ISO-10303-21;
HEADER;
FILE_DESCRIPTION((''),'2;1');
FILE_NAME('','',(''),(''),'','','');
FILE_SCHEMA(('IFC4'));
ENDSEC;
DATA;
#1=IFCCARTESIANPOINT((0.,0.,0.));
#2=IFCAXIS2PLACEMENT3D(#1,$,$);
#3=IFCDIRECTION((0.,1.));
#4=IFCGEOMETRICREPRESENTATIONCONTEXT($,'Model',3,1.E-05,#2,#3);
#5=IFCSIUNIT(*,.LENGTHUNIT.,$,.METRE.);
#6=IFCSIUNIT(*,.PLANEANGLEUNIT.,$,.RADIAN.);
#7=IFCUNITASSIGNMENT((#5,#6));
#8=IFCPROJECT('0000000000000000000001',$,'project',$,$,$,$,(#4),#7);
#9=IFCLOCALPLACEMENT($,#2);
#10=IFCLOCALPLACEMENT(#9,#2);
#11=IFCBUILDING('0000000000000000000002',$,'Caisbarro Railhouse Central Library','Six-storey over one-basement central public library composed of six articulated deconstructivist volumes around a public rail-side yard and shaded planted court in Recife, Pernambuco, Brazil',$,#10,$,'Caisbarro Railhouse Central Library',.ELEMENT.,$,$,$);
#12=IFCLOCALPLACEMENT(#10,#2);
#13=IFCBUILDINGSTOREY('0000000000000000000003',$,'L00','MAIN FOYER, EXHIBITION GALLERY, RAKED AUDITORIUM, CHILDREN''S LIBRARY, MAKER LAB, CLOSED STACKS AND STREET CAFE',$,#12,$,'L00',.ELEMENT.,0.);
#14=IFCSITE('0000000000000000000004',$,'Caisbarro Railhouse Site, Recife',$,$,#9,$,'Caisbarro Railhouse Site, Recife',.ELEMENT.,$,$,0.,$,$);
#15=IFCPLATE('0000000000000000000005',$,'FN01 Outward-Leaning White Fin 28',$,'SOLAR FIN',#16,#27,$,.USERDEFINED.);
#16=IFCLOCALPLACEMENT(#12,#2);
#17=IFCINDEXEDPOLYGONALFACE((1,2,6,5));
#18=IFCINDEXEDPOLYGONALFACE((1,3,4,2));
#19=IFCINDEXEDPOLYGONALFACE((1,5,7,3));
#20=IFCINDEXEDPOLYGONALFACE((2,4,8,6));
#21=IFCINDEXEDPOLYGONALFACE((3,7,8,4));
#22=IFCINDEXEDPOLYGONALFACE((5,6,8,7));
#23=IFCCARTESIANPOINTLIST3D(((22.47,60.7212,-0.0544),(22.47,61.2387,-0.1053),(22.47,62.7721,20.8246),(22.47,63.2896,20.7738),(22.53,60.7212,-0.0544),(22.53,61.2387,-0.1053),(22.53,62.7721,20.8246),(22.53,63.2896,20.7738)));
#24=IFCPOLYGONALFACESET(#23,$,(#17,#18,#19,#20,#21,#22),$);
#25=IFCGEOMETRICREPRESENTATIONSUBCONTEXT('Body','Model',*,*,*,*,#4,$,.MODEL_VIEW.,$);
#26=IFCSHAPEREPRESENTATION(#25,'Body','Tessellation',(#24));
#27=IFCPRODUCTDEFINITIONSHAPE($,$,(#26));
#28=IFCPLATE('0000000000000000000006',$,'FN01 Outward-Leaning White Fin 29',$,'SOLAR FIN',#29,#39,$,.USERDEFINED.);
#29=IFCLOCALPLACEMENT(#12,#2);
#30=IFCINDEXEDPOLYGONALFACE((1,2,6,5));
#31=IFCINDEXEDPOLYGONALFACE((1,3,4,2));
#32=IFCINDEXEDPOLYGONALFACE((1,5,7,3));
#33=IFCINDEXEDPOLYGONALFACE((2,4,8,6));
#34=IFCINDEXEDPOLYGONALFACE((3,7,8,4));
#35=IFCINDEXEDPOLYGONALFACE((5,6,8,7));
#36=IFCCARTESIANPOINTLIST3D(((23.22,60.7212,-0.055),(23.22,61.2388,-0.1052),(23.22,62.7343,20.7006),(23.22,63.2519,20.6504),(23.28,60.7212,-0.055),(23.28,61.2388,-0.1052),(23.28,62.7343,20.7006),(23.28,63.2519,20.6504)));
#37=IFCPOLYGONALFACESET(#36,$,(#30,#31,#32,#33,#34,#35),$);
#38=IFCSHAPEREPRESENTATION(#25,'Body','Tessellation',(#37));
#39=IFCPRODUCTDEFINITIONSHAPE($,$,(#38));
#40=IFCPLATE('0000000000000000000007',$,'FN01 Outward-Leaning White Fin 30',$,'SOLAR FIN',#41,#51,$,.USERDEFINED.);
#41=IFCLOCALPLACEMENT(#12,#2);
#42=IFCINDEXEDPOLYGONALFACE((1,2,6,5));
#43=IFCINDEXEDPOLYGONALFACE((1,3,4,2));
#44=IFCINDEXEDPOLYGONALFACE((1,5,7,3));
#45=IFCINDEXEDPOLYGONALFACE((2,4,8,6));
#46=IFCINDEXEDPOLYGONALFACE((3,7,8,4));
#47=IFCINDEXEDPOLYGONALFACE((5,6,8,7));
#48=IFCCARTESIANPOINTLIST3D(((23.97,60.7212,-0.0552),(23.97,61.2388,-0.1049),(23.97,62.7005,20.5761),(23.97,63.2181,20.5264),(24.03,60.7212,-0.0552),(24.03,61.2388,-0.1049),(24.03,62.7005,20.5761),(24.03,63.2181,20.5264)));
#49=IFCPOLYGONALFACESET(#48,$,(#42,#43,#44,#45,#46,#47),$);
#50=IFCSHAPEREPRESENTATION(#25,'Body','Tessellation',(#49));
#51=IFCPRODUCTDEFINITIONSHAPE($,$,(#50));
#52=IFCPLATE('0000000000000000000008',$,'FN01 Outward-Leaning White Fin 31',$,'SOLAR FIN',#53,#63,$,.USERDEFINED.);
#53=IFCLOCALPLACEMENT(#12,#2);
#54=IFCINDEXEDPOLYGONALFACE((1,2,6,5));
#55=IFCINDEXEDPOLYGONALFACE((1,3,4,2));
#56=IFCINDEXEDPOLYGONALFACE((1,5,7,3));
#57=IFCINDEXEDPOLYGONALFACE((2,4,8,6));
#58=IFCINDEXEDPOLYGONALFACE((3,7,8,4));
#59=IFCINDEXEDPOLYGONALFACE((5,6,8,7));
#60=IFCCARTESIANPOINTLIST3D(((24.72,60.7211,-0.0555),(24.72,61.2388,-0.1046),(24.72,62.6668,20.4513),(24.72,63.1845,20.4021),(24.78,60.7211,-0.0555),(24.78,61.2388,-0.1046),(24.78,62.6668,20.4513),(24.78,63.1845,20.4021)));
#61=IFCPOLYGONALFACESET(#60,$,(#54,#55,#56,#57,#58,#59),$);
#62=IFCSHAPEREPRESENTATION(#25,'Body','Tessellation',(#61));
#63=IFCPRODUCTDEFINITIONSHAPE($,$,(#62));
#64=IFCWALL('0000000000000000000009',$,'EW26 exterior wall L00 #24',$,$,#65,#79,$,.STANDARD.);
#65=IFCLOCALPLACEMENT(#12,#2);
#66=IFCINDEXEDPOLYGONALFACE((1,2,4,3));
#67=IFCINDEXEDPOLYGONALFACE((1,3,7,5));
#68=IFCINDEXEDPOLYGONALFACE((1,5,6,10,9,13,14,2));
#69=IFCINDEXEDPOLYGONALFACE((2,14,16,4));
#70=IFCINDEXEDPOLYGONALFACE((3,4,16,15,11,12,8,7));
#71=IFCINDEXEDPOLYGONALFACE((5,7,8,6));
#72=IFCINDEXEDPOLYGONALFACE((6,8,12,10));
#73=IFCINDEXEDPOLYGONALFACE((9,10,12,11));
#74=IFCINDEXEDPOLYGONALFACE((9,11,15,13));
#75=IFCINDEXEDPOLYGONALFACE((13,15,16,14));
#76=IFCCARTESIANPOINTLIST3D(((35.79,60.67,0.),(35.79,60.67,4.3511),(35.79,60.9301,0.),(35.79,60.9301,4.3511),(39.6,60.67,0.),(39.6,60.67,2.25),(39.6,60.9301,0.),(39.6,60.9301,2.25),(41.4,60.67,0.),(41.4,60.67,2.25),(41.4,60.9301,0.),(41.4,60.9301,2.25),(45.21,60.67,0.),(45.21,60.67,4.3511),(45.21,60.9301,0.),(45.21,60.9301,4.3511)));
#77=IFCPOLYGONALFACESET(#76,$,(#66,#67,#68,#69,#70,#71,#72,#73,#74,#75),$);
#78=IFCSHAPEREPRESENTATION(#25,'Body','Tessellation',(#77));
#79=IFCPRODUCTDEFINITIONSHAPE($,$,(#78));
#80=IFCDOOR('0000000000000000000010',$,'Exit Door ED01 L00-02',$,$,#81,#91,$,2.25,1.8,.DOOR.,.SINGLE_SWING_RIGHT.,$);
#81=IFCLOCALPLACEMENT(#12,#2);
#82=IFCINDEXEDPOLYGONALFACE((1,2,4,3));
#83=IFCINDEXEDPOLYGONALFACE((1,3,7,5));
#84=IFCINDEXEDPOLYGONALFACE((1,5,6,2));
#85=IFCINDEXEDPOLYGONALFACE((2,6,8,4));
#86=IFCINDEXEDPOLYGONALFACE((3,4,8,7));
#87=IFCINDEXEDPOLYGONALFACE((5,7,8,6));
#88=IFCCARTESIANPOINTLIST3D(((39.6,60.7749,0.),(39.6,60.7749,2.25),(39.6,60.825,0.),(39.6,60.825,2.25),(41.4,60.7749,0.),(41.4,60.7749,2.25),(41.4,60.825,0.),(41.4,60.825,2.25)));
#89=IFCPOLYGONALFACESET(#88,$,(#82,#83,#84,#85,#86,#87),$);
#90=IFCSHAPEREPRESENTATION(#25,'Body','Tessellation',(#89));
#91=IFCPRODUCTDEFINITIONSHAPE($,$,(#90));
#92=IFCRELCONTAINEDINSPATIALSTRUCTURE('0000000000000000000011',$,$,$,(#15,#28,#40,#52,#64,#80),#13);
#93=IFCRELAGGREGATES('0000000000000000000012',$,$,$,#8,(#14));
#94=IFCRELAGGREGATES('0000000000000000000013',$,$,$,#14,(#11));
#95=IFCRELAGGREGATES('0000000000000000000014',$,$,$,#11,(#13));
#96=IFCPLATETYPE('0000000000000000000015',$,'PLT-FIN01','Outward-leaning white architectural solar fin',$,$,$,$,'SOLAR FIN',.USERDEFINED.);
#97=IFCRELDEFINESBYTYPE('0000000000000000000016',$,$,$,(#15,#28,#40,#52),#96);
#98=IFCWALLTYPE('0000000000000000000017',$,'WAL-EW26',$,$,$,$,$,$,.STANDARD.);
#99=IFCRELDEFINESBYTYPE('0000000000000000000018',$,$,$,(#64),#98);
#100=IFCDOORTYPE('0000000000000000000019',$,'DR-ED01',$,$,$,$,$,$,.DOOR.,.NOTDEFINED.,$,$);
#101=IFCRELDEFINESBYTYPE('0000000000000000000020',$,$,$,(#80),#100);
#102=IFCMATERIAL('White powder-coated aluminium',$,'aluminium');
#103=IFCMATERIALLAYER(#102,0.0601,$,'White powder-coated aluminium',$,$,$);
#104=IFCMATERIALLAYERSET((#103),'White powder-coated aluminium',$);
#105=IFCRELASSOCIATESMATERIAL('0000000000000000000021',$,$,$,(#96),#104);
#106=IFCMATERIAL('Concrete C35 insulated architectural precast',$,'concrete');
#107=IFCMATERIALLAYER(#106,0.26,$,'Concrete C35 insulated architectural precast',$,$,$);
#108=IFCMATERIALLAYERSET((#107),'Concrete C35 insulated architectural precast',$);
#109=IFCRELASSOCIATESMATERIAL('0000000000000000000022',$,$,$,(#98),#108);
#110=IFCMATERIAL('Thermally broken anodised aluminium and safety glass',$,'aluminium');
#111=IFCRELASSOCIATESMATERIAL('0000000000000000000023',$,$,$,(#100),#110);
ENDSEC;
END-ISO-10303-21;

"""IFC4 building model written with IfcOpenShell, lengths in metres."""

from ifc_helpers import new_model, si_unit, direction, frame, frame_2d, origin, origin_2d, place, context, subcontext, project, spatial, rectangle, extrude, material, layer, layer_set, type_object, element, fill, save


model = new_model("IFC4")

# Units and contexts
model_context = context("Model", 3, precision=1e-05, world=origin(), true_north=direction((0.0, 1.0)))
body_context = subcontext(model_context, "Body", "Model", "MODEL_VIEW")
ifc_project = project(units=[si_unit("LENGTHUNIT", "METRE"), si_unit("PLANEANGLEUNIT", "RADIAN")], contexts=[model_context])

# Site, building, storey
site_placement = place(None, origin())
site = spatial("IfcSite", under=ifc_project, at=site_placement, Name="Caisbarro Railhouse Site, Recife", LongName="Caisbarro Railhouse Site, Recife", CompositionType="ELEMENT", RefElevation=0.0)
building_placement = place(site_placement, origin())
building = spatial("IfcBuilding", under=site, at=building_placement, Name="Caisbarro Railhouse Central Library", Description="Six-storey over one-basement central public library composed of six articulated deconstructivist volumes around a public rail-side yard and shaded planted court in Recife, Pernambuco, Brazil", LongName="Caisbarro Railhouse Central Library", CompositionType="ELEMENT")
storey_placement = place(building_placement, origin())
storey = spatial("IfcBuildingStorey", under=building, at=storey_placement, Name="L00", Description="MAIN FOYER, EXHIBITION GALLERY, RAKED AUDITORIUM, CHILDREN'S LIBRARY, MAKER LAB, CLOSED STACKS AND STREET CAFE", LongName="L00", CompositionType="ELEMENT", Elevation=0.0)

# Plates
ifc_material_1 = material(Name="White powder-coated aluminium", Category="aluminium")
ifc_layer_1 = layer(ifc_material_1, 0.0601, Name="White powder-coated aluminium")
ifc_layer_set_1 = layer_set([ifc_layer_1], Name="White powder-coated aluminium")
plate_type_1 = type_object("IfcPlateType", Name="PLT-FIN01", Description="Outward-leaning white architectural solar fin", ElementType="SOLAR FIN", PredefinedType="USERDEFINED", material=ifc_layer_set_1)
plate_1_placement = place(storey_placement, frame((22.5, 60.98, -0.0798), z_axis=(0.0, 0.097757, 0.99521), x_axis=(1.0, 0.0, 0.0)))
element("IfcPlate", 1, at=plate_1_placement, inside=storey, type_object=plate_type_1, Name="FN01 Outward-Leaning White Fin 28", ObjectType="SOLAR FIN", PredefinedType="USERDEFINED", context=body_context, shape_type="SweptSolid", body=[
    extrude(rectangle(XDim=0.0601, YDim=0.52, at=origin_2d()), origin(), (0.0, 0.0, 1.0), 20.9795),
])
plate_2_placement = place(storey_placement, frame((23.25, 60.98, -0.0801), z_axis=(0.0, 0.096541, 0.995329), x_axis=(1.0, 0.0, 0.0)))
element("IfcPlate", 2, at=plate_2_placement, inside=storey, type_object=plate_type_1, Name="FN01 Outward-Leaning White Fin 29", ObjectType="SOLAR FIN", PredefinedType="USERDEFINED", context=body_context, shape_type="SweptSolid", body=[
    extrude(rectangle(XDim=0.0601, YDim=0.52, at=origin_2d()), origin(), (0.0, 0.0, 1.0), 20.853),
])
plate_3_placement = place(storey_placement, frame((24.0, 60.98, -0.0801), z_axis=(0.0, 0.095498, 0.99543), x_axis=(1.0, 0.0, 0.0)))
element("IfcPlate", 3, at=plate_3_placement, inside=storey, type_object=plate_type_1, Name="FN01 Outward-Leaning White Fin 30", ObjectType="SOLAR FIN", PredefinedType="USERDEFINED", context=body_context, shape_type="SweptSolid", body=[
    extrude(rectangle(XDim=0.0601, YDim=0.52, at=origin_2d()), origin(), (0.0, 0.0, 1.0), 20.7261),
])
plate_4_placement = place(storey_placement, frame((24.75, 60.98, -0.0801), z_axis=(0.0, 0.094456, 0.995529), x_axis=(1.0, 0.0, 0.0)))
element("IfcPlate", 4, at=plate_4_placement, inside=storey, type_object=plate_type_1, Name="FN01 Outward-Leaning White Fin 31", ObjectType="SOLAR FIN", PredefinedType="USERDEFINED", context=body_context, shape_type="SweptSolid", body=[
    extrude(rectangle(XDim=0.0601, YDim=0.52, at=origin_2d()), origin(), (0.0, 0.0, 1.0), 20.5989),
])

# Wall, opening, door
ifc_material_2 = material(Name="Concrete C35 insulated architectural precast", Category="concrete")
ifc_layer_2 = layer(ifc_material_2, 0.26, Name="Concrete C35 insulated architectural precast")
ifc_layer_set_2 = layer_set([ifc_layer_2], Name="Concrete C35 insulated architectural precast")
wall_type = type_object("IfcWallType", Name="WAL-EW26", PredefinedType="STANDARD", material=ifc_layer_set_2)
wall_placement = place(storey_placement, frame((35.79, 60.8, 0.0), z_axis=(0.0, 0.0, 1.0), x_axis=(1.0, 0.0, 0.0)))
wall = element("IfcWall", 5, at=wall_placement, inside=storey, type_object=wall_type, Name="EW26 exterior wall L00 #24", PredefinedType="STANDARD", context=body_context, shape_type="SweptSolid", body=[
    extrude(rectangle(XDim=9.4199, YDim=0.26, at=frame_2d((4.71, 0.0))), origin(), (0.0, 0.0, 1.0), 4.3511),
])
opening_placement = place(wall_placement, frame((3.8101, 0.0, 0.0)))
opening = element("IfcOpeningElement", 6, at=opening_placement, cuts=wall, PredefinedType="OPENING", context=body_context, shape_type="SweptSolid", body=[
    extrude(rectangle(XDim=1.8, YDim=2.25, at=frame_2d((0.8999, 1.125))), frame((0.0, 0.1401, 0.0), z_axis=(0.0, -1.0, 0.0), x_axis=(1.0, 0.0, 0.0)), (0.0, 0.0, 1.0), 0.28),
])
ifc_material_3 = material(Name="Thermally broken anodised aluminium and safety glass", Category="aluminium")
door_type = type_object("IfcDoorType", Name="DR-ED01", OperationType="NOTDEFINED", PredefinedType="DOOR", material=ifc_material_3)
door_placement = place(opening_placement, origin())
door = element("IfcDoor", 7, at=door_placement, inside=storey, type_object=door_type, Name="Exit Door ED01 L00-02", OperationType="SINGLE_SWING_RIGHT", OverallHeight=2.25, OverallWidth=1.8, PredefinedType="DOOR", context=body_context, shape_type="SweptSolid", body=[
    extrude(rectangle(XDim=1.8, YDim=2.25, at=frame_2d((0.8999, 1.125))), frame((0.0, 0.0249, 0.0), z_axis=(0.0, -1.0, 0.0), x_axis=(1.0, 0.0, 0.0)), (0.0, 0.0, 1.0), 0.05),
])
fill(opening, door)

save(model, "model.ifc")
